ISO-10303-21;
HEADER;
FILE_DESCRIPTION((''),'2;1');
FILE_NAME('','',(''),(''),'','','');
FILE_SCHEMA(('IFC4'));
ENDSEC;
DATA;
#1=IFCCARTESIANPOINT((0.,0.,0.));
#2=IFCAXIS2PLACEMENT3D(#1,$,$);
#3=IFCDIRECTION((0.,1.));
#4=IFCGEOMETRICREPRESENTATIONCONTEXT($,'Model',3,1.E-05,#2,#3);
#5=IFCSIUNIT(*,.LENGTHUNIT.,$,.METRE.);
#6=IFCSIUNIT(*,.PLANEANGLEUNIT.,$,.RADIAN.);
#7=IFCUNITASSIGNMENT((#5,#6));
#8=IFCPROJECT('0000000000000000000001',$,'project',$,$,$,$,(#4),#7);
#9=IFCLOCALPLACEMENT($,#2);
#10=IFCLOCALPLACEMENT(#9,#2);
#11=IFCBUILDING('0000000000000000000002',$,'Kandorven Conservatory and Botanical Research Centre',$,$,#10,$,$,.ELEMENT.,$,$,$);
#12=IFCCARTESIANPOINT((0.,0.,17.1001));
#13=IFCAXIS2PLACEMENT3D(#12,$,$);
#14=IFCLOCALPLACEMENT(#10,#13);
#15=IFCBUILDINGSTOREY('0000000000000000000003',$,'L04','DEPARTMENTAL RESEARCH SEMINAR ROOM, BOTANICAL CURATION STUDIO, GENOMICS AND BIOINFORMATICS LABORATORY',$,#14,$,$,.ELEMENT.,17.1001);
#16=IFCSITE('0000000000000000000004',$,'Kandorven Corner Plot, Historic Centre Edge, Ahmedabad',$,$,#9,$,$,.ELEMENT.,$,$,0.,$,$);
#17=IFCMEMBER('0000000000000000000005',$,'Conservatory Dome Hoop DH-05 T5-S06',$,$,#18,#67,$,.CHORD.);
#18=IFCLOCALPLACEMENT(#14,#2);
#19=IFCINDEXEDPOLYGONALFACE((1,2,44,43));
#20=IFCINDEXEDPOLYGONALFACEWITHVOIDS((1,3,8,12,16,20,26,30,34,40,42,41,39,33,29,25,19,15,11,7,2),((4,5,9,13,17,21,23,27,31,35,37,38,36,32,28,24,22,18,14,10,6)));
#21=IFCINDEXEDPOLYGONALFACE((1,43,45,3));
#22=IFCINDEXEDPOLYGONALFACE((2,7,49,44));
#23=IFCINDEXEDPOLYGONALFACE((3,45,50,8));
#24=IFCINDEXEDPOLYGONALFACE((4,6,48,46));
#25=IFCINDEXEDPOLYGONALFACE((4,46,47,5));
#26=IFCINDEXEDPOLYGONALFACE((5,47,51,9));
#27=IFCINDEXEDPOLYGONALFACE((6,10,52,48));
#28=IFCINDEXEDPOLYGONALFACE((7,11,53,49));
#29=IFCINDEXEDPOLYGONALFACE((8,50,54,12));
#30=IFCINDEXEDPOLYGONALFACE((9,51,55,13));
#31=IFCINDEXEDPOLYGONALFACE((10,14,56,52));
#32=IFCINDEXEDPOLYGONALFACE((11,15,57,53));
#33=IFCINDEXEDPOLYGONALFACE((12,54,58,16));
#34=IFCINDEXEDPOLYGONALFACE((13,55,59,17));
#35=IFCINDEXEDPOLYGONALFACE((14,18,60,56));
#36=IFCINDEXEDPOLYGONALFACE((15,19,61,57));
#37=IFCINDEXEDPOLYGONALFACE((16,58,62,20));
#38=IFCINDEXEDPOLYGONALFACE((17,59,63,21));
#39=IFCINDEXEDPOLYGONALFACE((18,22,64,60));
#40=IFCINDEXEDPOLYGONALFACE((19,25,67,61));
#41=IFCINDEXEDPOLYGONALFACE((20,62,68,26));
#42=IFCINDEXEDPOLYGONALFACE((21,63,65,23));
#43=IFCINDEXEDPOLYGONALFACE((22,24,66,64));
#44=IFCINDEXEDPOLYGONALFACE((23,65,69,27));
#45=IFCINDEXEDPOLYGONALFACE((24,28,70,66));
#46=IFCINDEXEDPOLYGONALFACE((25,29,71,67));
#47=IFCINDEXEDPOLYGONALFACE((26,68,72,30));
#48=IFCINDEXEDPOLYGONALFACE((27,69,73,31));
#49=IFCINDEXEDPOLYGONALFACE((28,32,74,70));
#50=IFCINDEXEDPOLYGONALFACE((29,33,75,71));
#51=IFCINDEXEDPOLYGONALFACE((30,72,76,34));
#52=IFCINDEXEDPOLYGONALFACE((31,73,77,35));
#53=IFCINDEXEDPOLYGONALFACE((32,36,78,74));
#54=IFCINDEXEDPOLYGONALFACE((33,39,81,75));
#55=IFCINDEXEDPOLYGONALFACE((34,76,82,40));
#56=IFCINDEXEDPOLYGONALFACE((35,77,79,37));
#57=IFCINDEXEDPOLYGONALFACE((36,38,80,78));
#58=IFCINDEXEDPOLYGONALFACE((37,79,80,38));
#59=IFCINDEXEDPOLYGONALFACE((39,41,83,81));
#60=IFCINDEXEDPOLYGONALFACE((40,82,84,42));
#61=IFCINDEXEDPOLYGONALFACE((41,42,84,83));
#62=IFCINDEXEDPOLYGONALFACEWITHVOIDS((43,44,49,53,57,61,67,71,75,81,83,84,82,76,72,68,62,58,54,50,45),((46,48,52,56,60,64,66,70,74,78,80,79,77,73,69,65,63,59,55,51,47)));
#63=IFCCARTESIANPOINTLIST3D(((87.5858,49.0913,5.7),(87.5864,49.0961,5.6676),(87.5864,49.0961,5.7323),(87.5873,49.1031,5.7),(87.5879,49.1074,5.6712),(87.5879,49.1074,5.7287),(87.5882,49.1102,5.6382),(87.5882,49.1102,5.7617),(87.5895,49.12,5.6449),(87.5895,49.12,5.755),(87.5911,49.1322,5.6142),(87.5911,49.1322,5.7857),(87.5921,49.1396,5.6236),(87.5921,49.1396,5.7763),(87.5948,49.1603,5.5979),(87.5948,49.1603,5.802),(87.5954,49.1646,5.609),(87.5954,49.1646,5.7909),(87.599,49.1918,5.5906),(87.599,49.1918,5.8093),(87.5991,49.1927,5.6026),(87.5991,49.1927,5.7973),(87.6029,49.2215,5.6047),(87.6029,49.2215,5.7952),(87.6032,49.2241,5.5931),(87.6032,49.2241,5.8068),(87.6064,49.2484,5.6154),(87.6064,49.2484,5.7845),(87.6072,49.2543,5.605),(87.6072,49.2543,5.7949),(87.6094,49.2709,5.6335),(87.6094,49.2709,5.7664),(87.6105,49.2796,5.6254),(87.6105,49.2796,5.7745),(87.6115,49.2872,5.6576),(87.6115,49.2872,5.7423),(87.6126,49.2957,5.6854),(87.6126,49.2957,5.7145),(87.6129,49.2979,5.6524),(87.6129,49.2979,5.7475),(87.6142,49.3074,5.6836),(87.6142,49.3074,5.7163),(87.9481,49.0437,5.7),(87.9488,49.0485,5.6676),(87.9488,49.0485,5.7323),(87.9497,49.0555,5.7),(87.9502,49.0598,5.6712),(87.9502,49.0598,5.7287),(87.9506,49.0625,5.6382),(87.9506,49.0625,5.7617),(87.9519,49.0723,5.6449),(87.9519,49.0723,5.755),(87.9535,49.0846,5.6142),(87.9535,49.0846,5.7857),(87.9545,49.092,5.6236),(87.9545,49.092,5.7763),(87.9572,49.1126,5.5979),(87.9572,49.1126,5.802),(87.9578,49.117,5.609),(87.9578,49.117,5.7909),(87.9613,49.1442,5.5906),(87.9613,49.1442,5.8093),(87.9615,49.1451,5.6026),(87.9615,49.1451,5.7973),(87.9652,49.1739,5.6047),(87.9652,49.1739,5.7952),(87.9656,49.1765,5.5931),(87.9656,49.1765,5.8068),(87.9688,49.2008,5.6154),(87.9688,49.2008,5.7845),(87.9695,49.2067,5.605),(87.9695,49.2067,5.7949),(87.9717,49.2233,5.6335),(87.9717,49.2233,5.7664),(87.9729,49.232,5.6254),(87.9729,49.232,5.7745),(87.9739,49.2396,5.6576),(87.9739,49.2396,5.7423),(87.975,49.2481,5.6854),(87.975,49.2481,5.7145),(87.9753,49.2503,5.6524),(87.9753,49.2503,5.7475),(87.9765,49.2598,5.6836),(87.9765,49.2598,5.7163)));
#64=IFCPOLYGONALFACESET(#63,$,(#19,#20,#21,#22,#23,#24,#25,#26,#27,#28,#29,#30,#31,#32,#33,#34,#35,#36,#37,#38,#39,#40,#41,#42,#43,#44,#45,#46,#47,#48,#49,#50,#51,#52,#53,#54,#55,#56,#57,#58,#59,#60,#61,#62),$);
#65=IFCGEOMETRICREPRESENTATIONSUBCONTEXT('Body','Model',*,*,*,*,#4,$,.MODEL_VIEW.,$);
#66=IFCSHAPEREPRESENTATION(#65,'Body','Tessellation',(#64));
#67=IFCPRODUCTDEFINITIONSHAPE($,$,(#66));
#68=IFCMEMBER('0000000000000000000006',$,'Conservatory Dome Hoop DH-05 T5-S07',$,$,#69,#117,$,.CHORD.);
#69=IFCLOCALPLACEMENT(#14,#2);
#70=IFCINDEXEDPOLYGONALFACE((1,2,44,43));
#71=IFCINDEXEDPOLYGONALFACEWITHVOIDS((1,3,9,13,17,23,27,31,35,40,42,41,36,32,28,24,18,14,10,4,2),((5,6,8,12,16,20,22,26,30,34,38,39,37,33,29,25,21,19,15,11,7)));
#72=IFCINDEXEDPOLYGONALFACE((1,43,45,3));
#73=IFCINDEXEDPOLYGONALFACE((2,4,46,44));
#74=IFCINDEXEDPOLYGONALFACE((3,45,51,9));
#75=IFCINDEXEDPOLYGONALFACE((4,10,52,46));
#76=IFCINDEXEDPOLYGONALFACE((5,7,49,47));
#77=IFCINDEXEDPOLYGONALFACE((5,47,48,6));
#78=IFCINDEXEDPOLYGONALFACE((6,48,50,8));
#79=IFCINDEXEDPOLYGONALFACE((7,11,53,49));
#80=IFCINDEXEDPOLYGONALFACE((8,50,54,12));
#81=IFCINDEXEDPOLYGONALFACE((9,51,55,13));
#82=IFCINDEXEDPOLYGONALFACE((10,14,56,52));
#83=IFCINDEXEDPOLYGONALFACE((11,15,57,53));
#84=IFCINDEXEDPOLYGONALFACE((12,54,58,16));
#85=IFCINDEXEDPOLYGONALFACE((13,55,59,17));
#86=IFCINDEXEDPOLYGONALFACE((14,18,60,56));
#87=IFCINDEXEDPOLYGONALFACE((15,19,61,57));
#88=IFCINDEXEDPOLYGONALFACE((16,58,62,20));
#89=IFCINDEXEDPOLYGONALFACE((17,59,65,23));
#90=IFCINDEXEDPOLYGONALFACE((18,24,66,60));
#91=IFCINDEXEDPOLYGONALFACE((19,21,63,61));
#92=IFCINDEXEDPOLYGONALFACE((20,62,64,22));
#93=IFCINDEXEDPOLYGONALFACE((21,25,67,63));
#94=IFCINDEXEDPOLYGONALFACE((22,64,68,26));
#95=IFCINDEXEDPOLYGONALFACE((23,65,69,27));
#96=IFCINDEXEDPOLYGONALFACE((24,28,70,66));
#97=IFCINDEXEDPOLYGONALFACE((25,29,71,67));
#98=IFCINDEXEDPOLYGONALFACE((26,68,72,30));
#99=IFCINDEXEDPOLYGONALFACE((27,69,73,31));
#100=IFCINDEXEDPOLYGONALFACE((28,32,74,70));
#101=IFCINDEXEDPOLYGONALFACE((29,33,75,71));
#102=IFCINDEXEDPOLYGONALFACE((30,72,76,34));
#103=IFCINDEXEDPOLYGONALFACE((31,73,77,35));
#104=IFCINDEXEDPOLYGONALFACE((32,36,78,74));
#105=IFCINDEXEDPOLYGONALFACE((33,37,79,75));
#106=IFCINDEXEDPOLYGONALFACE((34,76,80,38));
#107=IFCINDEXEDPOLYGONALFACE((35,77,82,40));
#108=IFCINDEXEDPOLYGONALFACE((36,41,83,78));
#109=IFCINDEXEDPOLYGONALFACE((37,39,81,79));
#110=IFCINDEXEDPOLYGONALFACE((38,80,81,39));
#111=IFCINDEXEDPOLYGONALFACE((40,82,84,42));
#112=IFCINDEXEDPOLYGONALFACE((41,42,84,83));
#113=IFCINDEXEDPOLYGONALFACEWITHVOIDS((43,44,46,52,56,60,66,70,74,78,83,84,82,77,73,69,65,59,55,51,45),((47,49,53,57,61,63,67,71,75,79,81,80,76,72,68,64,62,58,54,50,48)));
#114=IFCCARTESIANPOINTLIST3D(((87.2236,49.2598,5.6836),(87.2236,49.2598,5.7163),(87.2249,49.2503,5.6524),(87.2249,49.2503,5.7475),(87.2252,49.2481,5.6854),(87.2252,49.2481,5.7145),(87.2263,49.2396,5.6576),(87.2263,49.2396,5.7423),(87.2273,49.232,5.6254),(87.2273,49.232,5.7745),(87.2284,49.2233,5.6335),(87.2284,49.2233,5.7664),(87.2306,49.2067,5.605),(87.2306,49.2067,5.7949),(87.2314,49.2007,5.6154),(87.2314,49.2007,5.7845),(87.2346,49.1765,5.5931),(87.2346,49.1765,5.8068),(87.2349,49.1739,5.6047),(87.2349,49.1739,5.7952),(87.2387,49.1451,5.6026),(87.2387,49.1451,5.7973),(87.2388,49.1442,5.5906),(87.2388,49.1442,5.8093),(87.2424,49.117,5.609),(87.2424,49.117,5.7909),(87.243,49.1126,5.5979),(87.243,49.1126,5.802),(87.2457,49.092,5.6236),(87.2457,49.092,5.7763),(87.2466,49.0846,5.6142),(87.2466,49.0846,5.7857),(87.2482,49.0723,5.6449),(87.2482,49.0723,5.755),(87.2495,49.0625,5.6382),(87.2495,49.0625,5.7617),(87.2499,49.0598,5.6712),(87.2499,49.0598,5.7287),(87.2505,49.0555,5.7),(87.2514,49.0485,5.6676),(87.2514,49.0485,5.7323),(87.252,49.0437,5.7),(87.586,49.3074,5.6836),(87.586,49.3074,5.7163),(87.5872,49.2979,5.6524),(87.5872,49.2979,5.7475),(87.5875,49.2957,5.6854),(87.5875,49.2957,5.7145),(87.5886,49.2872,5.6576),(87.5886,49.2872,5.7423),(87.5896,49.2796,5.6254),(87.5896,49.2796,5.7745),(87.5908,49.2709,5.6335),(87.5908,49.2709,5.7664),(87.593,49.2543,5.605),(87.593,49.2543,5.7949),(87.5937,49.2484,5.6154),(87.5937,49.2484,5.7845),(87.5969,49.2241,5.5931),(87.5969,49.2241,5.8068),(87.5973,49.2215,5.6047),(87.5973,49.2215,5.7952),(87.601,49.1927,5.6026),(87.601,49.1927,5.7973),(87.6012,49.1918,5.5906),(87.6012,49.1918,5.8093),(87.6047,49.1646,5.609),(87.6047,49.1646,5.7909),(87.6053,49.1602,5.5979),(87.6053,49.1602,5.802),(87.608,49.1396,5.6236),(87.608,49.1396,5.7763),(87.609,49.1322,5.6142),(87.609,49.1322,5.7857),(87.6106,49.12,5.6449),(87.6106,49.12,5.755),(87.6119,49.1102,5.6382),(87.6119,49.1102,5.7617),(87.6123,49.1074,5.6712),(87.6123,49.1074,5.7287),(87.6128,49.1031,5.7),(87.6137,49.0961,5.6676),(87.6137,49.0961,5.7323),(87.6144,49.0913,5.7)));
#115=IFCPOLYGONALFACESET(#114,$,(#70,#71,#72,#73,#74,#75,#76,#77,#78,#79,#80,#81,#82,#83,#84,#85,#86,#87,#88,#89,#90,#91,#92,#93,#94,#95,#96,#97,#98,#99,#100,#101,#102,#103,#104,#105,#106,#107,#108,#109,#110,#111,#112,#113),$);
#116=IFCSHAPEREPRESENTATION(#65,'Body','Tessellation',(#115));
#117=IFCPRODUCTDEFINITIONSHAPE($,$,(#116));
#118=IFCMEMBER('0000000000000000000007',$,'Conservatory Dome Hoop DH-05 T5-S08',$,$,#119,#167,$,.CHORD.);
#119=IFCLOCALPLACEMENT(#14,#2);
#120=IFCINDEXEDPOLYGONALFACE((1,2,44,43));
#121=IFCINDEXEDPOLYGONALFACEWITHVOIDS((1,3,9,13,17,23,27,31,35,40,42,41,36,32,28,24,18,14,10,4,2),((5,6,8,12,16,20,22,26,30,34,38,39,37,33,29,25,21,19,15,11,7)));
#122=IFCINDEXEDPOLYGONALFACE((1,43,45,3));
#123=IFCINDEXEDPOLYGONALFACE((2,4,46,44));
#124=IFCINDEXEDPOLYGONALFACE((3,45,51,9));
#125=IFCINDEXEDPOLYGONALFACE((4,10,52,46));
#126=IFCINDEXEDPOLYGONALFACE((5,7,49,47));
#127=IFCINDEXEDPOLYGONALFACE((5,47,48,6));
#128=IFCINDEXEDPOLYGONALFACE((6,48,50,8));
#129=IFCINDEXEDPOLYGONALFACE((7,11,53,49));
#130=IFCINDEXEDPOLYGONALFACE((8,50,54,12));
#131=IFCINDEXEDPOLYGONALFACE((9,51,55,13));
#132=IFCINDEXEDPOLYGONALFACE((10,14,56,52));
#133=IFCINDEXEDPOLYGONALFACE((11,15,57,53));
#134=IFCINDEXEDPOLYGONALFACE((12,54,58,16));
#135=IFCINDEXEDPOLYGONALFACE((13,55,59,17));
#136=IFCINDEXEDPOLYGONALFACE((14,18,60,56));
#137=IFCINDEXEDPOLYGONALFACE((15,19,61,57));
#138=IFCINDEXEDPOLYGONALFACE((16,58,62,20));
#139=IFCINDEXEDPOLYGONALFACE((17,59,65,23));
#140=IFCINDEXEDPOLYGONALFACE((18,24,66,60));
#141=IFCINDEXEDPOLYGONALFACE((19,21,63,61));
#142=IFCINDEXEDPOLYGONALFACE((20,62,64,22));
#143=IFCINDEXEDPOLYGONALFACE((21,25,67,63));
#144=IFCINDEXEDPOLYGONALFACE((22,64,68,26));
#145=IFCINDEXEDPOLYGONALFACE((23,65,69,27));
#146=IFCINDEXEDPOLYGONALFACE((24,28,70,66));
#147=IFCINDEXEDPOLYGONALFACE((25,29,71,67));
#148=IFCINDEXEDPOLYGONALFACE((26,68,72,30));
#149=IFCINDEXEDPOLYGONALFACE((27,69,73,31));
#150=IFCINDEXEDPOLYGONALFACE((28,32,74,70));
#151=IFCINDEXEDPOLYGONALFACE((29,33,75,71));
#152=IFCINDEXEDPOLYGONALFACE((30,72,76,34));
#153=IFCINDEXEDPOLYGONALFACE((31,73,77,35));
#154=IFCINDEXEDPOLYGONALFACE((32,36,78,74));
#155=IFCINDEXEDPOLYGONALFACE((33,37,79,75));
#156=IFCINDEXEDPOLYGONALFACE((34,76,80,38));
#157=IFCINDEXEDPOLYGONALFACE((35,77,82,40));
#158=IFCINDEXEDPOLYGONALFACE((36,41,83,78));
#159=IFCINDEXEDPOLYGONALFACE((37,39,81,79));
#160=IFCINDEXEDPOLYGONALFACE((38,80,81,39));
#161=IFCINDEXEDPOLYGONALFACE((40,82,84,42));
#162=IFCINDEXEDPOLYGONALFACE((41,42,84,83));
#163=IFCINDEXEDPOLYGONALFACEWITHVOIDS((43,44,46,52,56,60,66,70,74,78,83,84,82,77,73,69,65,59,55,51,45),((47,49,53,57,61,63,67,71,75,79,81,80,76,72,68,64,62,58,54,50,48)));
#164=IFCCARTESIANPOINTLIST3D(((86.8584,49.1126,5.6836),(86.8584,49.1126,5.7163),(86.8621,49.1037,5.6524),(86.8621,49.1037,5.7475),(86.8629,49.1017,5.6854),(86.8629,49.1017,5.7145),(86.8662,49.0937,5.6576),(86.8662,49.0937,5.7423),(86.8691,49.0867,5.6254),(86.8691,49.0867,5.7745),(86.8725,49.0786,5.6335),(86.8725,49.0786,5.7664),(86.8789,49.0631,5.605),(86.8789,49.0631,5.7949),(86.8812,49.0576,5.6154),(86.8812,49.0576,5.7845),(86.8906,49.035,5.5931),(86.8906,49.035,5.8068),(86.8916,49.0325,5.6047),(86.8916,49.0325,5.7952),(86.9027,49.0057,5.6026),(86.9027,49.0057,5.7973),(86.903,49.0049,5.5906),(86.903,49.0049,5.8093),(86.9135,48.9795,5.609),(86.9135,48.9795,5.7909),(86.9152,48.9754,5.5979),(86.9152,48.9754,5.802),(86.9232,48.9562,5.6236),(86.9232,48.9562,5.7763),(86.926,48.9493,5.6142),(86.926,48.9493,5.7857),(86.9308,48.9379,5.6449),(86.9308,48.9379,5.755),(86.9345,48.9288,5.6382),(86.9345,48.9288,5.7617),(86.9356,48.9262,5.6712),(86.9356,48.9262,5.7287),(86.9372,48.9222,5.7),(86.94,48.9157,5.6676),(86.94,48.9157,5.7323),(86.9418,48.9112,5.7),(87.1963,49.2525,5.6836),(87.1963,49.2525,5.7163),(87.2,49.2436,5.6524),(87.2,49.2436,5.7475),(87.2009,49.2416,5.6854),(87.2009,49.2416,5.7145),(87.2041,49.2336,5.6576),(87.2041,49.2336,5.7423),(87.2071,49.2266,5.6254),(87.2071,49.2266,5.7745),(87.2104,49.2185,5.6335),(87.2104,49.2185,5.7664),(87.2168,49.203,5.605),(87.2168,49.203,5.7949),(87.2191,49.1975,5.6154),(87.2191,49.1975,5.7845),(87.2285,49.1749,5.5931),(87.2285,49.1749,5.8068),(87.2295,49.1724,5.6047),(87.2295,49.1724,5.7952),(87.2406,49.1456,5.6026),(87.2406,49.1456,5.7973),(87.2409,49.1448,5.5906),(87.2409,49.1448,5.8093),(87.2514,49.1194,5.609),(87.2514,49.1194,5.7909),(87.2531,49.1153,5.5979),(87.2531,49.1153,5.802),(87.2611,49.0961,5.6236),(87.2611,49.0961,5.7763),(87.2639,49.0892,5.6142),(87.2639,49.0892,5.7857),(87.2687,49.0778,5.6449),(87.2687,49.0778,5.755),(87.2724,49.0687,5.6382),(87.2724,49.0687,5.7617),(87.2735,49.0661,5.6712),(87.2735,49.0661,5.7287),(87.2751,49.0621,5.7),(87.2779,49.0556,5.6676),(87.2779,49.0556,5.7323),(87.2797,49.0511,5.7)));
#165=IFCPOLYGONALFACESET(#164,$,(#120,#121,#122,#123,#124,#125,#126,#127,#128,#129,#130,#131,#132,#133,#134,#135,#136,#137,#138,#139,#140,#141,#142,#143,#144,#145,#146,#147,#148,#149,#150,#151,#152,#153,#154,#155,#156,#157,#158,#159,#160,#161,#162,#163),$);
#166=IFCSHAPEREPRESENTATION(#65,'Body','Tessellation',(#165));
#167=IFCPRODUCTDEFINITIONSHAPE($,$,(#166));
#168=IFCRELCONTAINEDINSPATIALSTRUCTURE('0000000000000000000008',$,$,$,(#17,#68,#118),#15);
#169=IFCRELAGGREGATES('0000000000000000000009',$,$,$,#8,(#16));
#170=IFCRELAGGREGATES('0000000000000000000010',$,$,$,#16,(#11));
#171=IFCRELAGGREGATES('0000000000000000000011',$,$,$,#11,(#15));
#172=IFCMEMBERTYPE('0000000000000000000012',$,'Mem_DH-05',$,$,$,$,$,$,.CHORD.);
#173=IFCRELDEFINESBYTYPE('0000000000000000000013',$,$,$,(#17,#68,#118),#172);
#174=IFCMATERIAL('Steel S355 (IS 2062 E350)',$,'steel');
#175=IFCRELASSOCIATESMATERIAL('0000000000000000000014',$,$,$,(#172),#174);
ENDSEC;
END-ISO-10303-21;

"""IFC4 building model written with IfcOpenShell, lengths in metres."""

from ifc_helpers import new_model, si_unit, direction, frame, origin, origin_2d, place, context, subcontext, project, spatial, hollow_circle, extrude, material, material_profile, profile_set, type_object, element, save


model = new_model("IFC4")

# Units and contexts
model_context = context("Model", 3, precision=1e-05, world=origin(), true_north=direction((0.0, 1.0)))
body_context = subcontext(model_context, "Body", "Model", "MODEL_VIEW")
ifc_project = project(units=[si_unit("LENGTHUNIT", "METRE"), si_unit("PLANEANGLEUNIT", "RADIAN")], contexts=[model_context])

# Site, building, storey
site_placement = place(None, origin())
site = spatial("IfcSite", under=ifc_project, at=site_placement, Name="Kandorven Corner Plot, Historic Centre Edge, Ahmedabad", CompositionType="ELEMENT", RefElevation=0.0)
building_placement = place(site_placement, origin())
building = spatial("IfcBuilding", under=site, at=building_placement, Name="Kandorven Conservatory and Botanical Research Centre", CompositionType="ELEMENT")
storey_placement = place(building_placement, frame((0.0, 0.0, 17.1001)))
storey = spatial("IfcBuildingStorey", under=building, at=storey_placement, Name="L04", Description="DEPARTMENTAL RESEARCH SEMINAR ROOM, BOTANICAL CURATION STUDIO, GENOMICS AND BIOINFORMATICS LABORATORY", CompositionType="ELEMENT", Elevation=17.1001)

# Members
ifc_material_1 = material(Name="Steel S355 (IS 2062 E350)", Category="steel")
ifc_material_profile_1 = material_profile(ifc_material_1, hollow_circle(Radius=0.1096, WallThickness=0.012, at=origin_2d()))
ifc_profile_set_1 = profile_set([ifc_material_profile_1], Name="Steel S355 (IS 2062 E350)")
member_type_1 = type_object("IfcMemberType", Name="Mem_DH-05", PredefinedType="CHORD", material=ifc_profile_set_1)
for number, where, z_axis, x_axis, name in (
    (1, (87.9624, 49.1523, 5.7), (-0.991477, 0.130282, 0.0), (-0.130282, -0.991477, 0.0), "Conservatory Dome Hoop DH-05 T5-S06"),
    (2, (87.6001, 49.2, 5.7), (-0.991477, -0.130282, 0.0), (0.130282, -0.991477, 0.0), "Conservatory Dome Hoop DH-05 T5-S07"),
):
    element("IfcMember", number, at=place(storey_placement, frame(where, z_axis=z_axis, x_axis=x_axis)), inside=storey, type_object=member_type_1, Name=name, PredefinedType="CHORD", context=body_context, shape_type="SweptSolid", body=[
        extrude(hollow_circle(Radius=0.1096, WallThickness=0.012, at=origin_2d()), origin(), (0.0, 0.0, 1.0), 0.3655),
    ])
member_1_placement = place(storey_placement, frame((87.2378, 49.1523, 5.7), z_axis=(-0.923944, -0.382529, 0.0), x_axis=(0.382529, -0.923944, 0.0)))
element("IfcMember", 3, at=member_1_placement, inside=storey, type_object=member_type_1, Name="Conservatory Dome Hoop DH-05 T5-S08", PredefinedType="CHORD", context=body_context, shape_type="SweptSolid", body=[
    extrude(hollow_circle(Radius=0.1096, WallThickness=0.012, at=origin_2d()), origin(), (0.0, 0.0, 1.0), 0.3657),
])

save(model, "model.ifc")
